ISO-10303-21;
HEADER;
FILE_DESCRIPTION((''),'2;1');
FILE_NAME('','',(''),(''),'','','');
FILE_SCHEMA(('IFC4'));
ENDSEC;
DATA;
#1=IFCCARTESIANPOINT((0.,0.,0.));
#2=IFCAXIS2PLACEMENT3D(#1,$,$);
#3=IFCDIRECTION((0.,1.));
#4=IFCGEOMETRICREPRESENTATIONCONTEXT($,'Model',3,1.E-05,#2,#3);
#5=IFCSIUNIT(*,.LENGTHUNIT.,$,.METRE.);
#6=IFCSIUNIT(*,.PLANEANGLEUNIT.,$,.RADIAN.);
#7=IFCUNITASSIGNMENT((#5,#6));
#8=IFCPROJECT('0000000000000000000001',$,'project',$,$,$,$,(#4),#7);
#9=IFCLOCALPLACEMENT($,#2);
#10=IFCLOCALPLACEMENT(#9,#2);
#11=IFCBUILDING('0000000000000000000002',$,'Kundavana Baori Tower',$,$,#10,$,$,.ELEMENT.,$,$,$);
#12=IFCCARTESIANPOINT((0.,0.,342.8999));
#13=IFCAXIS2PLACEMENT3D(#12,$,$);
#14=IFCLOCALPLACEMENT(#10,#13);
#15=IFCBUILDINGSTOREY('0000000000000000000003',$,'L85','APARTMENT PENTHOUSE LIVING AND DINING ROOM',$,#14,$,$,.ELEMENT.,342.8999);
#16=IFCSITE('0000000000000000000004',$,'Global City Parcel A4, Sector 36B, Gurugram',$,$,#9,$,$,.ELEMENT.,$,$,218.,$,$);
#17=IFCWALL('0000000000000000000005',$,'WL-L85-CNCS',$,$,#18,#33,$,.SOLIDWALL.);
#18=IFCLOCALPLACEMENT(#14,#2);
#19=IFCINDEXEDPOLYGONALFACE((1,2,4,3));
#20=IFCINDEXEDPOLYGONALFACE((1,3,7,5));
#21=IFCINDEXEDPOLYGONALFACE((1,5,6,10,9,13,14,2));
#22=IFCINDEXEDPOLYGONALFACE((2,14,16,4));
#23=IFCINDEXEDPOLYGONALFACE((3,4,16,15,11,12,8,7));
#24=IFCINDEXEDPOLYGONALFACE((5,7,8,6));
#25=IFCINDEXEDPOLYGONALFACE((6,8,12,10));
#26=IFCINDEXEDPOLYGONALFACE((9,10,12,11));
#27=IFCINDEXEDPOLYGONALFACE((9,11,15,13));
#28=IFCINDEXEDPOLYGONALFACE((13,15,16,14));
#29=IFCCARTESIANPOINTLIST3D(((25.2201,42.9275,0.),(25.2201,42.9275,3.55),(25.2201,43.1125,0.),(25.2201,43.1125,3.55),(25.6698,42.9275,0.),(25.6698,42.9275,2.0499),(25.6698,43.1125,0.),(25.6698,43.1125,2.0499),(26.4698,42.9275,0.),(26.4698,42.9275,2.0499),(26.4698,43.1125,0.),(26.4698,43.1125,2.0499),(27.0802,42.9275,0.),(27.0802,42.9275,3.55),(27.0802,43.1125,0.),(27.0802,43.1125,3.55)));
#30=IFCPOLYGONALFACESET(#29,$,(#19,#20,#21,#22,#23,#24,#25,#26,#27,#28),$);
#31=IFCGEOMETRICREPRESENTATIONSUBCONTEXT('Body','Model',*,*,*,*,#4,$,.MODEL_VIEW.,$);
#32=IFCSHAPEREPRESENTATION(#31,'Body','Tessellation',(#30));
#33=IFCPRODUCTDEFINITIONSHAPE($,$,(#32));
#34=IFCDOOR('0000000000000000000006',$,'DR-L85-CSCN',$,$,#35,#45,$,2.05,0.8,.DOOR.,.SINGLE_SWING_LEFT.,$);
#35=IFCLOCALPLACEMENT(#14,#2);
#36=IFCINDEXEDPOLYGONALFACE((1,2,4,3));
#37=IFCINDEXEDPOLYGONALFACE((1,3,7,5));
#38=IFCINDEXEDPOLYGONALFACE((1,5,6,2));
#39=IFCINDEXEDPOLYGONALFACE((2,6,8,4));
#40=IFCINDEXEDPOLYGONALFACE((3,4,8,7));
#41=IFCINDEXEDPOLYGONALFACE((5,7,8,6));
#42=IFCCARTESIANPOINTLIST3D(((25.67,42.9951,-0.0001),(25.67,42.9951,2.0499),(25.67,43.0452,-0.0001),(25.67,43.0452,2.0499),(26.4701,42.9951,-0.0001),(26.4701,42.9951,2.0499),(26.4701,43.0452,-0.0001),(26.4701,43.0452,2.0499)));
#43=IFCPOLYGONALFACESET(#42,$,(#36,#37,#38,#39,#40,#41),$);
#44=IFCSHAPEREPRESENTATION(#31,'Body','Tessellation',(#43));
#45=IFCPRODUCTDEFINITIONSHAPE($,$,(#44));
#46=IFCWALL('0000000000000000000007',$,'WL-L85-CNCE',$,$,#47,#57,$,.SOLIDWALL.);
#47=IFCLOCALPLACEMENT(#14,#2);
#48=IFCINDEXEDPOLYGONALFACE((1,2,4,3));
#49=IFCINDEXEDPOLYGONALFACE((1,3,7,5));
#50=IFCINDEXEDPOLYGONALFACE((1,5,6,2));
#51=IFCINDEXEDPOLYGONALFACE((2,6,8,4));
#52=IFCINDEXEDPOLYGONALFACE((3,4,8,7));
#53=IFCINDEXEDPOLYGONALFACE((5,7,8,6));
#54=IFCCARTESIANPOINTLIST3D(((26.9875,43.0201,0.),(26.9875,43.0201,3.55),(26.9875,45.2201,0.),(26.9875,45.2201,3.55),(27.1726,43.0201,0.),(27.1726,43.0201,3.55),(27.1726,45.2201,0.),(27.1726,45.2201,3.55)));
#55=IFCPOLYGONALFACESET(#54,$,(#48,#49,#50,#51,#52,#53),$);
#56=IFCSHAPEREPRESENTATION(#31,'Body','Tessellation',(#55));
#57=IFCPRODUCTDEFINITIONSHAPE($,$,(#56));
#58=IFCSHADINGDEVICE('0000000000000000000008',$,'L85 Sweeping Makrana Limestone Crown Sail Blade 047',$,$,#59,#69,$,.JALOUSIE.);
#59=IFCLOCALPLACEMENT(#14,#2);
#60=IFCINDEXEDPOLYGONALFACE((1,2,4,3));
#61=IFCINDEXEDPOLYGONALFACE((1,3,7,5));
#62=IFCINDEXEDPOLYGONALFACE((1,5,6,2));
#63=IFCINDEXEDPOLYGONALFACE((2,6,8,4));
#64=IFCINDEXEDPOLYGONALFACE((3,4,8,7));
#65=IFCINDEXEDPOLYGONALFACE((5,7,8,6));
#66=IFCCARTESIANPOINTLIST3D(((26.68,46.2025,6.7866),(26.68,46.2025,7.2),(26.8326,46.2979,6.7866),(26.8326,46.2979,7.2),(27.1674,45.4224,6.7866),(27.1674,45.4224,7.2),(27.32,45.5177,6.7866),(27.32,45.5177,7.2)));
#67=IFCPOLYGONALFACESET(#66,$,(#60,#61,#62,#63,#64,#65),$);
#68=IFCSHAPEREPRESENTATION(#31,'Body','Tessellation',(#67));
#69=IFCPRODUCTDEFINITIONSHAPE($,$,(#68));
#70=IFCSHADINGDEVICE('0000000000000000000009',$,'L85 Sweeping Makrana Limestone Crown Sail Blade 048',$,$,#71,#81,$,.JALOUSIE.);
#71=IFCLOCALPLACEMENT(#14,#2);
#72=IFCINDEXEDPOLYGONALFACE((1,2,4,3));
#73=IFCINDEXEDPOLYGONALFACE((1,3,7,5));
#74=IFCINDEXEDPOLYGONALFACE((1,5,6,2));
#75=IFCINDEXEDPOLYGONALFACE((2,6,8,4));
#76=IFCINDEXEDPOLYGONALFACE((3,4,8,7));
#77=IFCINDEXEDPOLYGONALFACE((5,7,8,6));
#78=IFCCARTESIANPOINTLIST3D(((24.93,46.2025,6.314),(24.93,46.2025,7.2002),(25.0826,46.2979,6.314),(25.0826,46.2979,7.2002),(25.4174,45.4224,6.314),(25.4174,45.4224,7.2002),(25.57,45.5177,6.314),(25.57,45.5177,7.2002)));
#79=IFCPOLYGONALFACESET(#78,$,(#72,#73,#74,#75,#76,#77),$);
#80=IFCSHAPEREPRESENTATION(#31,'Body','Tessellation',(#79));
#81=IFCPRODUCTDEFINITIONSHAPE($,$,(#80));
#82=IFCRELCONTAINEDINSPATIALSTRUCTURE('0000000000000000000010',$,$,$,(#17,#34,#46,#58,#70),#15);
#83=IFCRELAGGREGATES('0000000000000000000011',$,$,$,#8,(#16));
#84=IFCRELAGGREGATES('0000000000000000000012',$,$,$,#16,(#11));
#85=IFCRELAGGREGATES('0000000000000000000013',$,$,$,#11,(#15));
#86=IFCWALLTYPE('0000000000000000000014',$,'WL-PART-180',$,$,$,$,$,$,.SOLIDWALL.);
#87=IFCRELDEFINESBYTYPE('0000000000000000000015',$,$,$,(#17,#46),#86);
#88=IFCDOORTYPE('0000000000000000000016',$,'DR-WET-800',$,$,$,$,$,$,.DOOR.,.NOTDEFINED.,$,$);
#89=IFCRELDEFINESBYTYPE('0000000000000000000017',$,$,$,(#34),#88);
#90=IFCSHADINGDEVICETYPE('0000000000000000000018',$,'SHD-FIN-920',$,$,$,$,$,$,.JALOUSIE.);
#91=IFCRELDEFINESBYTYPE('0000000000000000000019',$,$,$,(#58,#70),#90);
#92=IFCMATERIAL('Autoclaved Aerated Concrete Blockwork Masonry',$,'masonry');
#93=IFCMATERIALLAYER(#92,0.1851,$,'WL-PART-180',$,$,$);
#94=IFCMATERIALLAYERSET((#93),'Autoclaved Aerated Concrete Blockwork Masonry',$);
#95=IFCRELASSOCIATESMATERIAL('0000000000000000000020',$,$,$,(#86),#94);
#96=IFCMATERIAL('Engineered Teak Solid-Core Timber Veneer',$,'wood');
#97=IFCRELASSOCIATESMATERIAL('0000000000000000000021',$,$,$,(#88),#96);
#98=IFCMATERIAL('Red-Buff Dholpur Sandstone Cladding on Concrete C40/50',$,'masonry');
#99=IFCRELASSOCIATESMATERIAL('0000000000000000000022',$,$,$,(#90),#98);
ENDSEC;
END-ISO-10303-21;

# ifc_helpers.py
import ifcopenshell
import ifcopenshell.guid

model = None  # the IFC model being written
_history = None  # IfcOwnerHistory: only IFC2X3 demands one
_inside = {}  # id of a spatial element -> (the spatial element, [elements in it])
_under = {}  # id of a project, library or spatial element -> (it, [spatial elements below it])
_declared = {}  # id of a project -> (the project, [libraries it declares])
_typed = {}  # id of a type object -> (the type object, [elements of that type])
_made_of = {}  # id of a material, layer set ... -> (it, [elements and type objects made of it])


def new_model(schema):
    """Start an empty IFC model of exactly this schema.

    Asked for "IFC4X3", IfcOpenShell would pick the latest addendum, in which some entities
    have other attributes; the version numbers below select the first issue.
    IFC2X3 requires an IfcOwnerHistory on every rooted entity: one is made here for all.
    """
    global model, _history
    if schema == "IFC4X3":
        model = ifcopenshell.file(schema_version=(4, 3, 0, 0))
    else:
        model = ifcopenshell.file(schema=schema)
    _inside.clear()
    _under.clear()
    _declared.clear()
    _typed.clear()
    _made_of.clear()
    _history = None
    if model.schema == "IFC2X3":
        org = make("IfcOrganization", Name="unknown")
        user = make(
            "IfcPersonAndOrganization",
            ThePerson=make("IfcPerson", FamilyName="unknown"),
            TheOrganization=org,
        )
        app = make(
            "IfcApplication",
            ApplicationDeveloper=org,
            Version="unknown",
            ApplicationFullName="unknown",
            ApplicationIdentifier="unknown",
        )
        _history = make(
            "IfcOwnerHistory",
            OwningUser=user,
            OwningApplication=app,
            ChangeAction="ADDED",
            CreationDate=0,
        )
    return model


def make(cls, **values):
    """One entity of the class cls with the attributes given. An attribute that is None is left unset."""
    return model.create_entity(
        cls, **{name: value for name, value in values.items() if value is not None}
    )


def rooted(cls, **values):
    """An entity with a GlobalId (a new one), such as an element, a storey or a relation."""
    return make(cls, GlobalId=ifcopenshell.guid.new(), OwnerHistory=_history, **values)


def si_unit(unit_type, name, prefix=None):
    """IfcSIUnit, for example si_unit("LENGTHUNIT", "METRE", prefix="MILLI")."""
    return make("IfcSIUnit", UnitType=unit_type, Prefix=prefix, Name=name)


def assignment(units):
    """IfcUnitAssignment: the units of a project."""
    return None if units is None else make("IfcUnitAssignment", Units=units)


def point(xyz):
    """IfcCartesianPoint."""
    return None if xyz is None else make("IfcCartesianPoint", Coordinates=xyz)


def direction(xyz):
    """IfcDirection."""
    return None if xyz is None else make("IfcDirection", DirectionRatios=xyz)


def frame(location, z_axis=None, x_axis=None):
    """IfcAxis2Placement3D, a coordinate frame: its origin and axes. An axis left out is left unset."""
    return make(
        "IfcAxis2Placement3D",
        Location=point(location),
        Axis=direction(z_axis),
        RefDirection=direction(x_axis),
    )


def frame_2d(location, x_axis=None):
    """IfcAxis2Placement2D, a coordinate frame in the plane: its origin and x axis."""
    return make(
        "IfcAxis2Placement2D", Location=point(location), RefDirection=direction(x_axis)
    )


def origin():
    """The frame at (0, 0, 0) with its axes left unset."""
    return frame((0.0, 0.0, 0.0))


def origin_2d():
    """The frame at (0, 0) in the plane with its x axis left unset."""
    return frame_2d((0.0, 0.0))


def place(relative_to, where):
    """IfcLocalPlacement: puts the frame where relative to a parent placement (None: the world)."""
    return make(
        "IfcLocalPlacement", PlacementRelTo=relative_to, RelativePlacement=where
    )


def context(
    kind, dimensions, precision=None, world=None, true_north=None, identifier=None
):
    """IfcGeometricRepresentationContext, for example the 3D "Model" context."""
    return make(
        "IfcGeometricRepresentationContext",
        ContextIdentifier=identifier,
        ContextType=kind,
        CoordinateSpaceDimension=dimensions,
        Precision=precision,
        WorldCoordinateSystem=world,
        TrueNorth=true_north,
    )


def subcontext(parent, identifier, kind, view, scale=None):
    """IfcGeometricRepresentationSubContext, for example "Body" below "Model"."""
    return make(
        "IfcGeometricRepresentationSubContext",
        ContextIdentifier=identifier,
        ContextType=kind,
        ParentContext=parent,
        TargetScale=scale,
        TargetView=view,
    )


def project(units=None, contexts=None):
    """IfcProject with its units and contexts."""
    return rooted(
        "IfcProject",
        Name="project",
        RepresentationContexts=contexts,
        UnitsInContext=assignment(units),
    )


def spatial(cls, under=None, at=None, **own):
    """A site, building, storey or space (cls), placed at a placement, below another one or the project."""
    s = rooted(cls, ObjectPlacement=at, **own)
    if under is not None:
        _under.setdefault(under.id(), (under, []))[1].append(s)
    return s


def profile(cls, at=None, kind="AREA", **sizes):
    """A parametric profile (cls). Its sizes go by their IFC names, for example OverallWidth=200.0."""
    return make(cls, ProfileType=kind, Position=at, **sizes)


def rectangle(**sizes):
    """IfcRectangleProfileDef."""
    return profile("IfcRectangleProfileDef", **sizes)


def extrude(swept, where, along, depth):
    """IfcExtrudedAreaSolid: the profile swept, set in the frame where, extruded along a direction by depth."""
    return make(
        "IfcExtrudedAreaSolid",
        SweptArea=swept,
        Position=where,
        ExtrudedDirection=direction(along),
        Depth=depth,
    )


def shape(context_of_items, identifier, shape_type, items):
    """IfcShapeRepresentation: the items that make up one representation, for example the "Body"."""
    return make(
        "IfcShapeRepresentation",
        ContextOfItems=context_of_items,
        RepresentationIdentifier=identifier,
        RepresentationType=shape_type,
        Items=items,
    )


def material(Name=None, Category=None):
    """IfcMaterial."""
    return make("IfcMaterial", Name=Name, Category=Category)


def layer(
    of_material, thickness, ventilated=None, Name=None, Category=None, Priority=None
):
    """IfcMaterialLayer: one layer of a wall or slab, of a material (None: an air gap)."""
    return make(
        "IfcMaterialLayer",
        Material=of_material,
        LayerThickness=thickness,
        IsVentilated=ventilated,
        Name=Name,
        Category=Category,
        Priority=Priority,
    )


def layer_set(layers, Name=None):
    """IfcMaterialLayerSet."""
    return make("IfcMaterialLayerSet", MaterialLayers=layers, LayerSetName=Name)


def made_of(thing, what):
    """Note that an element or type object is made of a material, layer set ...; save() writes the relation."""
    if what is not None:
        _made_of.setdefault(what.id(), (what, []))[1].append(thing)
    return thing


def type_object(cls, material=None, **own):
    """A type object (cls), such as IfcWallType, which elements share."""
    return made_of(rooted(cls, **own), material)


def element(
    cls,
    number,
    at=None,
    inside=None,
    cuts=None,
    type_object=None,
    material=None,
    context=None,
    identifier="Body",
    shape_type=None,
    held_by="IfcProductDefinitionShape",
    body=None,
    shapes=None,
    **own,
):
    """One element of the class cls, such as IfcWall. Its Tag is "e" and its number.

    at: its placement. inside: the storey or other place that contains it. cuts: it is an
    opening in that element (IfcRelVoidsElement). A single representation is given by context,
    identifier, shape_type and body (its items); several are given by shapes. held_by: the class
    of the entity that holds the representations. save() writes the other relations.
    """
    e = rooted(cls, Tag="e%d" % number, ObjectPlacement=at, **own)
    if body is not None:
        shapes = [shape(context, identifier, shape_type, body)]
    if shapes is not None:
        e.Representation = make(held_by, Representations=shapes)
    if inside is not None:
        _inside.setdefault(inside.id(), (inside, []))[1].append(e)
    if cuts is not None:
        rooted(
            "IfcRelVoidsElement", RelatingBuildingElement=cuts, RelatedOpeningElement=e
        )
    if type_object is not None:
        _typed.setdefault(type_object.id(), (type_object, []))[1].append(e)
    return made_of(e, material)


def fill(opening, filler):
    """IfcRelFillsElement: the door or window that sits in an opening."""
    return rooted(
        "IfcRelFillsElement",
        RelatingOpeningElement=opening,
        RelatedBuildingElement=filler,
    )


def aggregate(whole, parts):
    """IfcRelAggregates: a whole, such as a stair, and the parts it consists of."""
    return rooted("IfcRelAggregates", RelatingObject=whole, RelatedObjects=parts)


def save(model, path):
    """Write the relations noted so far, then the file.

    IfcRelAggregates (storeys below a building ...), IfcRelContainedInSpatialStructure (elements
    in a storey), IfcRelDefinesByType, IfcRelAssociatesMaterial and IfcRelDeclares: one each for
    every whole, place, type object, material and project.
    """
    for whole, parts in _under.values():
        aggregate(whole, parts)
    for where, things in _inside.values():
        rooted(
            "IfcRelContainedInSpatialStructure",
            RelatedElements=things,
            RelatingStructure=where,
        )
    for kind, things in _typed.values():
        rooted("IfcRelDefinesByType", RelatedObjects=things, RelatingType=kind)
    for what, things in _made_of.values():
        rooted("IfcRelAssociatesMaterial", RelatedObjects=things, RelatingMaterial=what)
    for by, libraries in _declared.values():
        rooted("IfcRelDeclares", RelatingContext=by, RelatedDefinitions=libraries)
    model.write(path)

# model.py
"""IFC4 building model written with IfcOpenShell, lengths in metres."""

from ifc_helpers import new_model, si_unit, direction, frame, frame_2d, origin, origin_2d, place, context, subcontext, project, spatial, rectangle, extrude, material, layer, layer_set, type_object, element, fill, save


model = new_model("IFC4")

# Units and contexts
model_context = context("Model", 3, precision=1e-05, world=origin(), true_north=direction((0.0, 1.0)))
body_context = subcontext(model_context, "Body", "Model", "MODEL_VIEW")
ifc_project = project(units=[si_unit("LENGTHUNIT", "METRE"), si_unit("PLANEANGLEUNIT", "RADIAN")], contexts=[model_context])

# Site, building, storey
site_placement = place(None, origin())
site = spatial("IfcSite", under=ifc_project, at=site_placement, Name="Global City Parcel A4, Sector 36B, Gurugram", CompositionType="ELEMENT", RefElevation=218.0)
building_placement = place(site_placement, origin())
building = spatial("IfcBuilding", under=site, at=building_placement, Name="Kundavana Baori Tower", CompositionType="ELEMENT")
storey_placement = place(building_placement, frame((0.0, 0.0, 342.8999)))
storey = spatial("IfcBuildingStorey", under=building, at=storey_placement, Name="L85", Description="APARTMENT PENTHOUSE LIVING AND DINING ROOM", CompositionType="ELEMENT", Elevation=342.8999)

# Shared definitions
ifc_material_1 = material(Name="Autoclaved Aerated Concrete Blockwork Masonry", Category="masonry")
ifc_layer = layer(ifc_material_1, 0.1851, Name="WL-PART-180")
ifc_layer_set = layer_set([ifc_layer], Name="Autoclaved Aerated Concrete Blockwork Masonry")
wall_type = type_object("IfcWallType", Name="WL-PART-180", PredefinedType="SOLIDWALL", material=ifc_layer_set)

# Wall, opening, door
wall_1_placement = place(storey_placement, frame((25.22, 43.02, 0.0), z_axis=(0.0, 0.0, 1.0), x_axis=(1.0, 0.0, 0.0)))
wall_1 = element("IfcWall", 1, at=wall_1_placement, inside=storey, type_object=wall_type, Name="WL-L85-CNCS", PredefinedType="SOLIDWALL", context=body_context, shape_type="SweptSolid", body=[
    extrude(rectangle(XDim=1.8601, YDim=0.1851, at=frame_2d((0.9302, 0.0))), origin(), (0.0, 0.0, 1.0), 3.55),
])
opening_1_placement = place(wall_1_placement, frame((0.45, 0.0, 0.0)))
opening_1 = element("IfcOpeningElement", 2, at=opening_1_placement, cuts=wall_1, PredefinedType="OPENING", context=body_context, shape_type="SweptSolid", body=[
    extrude(rectangle(XDim=0.8, YDim=2.05, at=frame_2d((0.3999, 1.0249))), frame((0.0, 0.1025, 0.0), z_axis=(0.0, -1.0, 0.0), x_axis=(1.0, 0.0, 0.0)), (0.0, 0.0, 1.0), 0.2051),
])
ifc_material_2 = material(Name="Engineered Teak Solid-Core Timber Veneer", Category="wood")
door_type_1 = type_object("IfcDoorType", Name="DR-WET-800", OperationType="NOTDEFINED", PredefinedType="DOOR", material=ifc_material_2)
door_1_placement = place(opening_1_placement, frame((0.8, 0.0, 0.0), z_axis=(0.0, 0.0, 1.0), x_axis=(-1.0, 0.0, 0.0)))
door_1 = element("IfcDoor", 3, at=door_1_placement, inside=storey, type_object=door_type_1, Name="DR-L85-CSCN", OperationType="SINGLE_SWING_LEFT", OverallHeight=2.05, OverallWidth=0.8, PredefinedType="DOOR", context=body_context, shape_type="SweptSolid", body=[
    extrude(rectangle(XDim=0.8, YDim=2.05, at=frame_2d((0.3999, 1.0249))), frame((0.0, 0.0249, 0.0), z_axis=(0.0, -1.0, 0.0), x_axis=(1.0, 0.0, 0.0)), (0.0, 0.0, 1.0), 0.05),
])
fill(opening_1, door_1)

# Wall
wall_2_placement = place(storey_placement, frame((27.0801, 43.02, 0.0), z_axis=(0.0, 0.0, 1.0), x_axis=(0.0, 1.0, 0.0)))
element("IfcWall", 4, at=wall_2_placement, inside=storey, type_object=wall_type, Name="WL-L85-CNCE", PredefinedType="SOLIDWALL", context=body_context, shape_type="SweptSolid", body=[
    extrude(rectangle(XDim=2.2, YDim=0.1851, at=frame_2d((1.1001, 0.0))), origin(), (0.0, 0.0, 1.0), 3.55),
])

# Shading devices
ifc_material_3 = material(Name="Red-Buff Dholpur Sandstone Cladding on Concrete C40/50", Category="masonry")
shading_device_type = type_object("IfcShadingDeviceType", Name="SHD-FIN-920", PredefinedType="JALOUSIE", material=ifc_material_3)
shading_device_1_placement = place(storey_placement, frame((27.0, 45.8601, 6.7866), z_axis=(0.0, 0.0, 1.0), x_axis=(0.848048, 0.529919, 0.0)))
element("IfcShadingDevice", 5, at=shading_device_1_placement, inside=storey, type_object=shading_device_type, Name="L85 Sweeping Makrana Limestone Crown Sail Blade 047", PredefinedType="JALOUSIE", context=body_context, shape_type="SweptSolid", body=[
    extrude(rectangle(XDim=0.1799, YDim=0.9199, at=origin_2d()), origin(), (0.0, 0.0, 1.0), 0.4133),
])
shading_device_2_placement = place(storey_placement, frame((25.25, 45.8601, 6.314), z_axis=(0.0, 0.0, 1.0), x_axis=(0.848048, 0.529919, 0.0)))
element("IfcShadingDevice", 6, at=shading_device_2_placement, inside=storey, type_object=shading_device_type, Name="L85 Sweeping Makrana Limestone Crown Sail Blade 048", PredefinedType="JALOUSIE", context=body_context, shape_type="SweptSolid", body=[
    extrude(rectangle(XDim=0.1799, YDim=0.9199, at=origin_2d()), origin(), (0.0, 0.0, 1.0), 0.8862),
])

save(model, "model.ifc")
